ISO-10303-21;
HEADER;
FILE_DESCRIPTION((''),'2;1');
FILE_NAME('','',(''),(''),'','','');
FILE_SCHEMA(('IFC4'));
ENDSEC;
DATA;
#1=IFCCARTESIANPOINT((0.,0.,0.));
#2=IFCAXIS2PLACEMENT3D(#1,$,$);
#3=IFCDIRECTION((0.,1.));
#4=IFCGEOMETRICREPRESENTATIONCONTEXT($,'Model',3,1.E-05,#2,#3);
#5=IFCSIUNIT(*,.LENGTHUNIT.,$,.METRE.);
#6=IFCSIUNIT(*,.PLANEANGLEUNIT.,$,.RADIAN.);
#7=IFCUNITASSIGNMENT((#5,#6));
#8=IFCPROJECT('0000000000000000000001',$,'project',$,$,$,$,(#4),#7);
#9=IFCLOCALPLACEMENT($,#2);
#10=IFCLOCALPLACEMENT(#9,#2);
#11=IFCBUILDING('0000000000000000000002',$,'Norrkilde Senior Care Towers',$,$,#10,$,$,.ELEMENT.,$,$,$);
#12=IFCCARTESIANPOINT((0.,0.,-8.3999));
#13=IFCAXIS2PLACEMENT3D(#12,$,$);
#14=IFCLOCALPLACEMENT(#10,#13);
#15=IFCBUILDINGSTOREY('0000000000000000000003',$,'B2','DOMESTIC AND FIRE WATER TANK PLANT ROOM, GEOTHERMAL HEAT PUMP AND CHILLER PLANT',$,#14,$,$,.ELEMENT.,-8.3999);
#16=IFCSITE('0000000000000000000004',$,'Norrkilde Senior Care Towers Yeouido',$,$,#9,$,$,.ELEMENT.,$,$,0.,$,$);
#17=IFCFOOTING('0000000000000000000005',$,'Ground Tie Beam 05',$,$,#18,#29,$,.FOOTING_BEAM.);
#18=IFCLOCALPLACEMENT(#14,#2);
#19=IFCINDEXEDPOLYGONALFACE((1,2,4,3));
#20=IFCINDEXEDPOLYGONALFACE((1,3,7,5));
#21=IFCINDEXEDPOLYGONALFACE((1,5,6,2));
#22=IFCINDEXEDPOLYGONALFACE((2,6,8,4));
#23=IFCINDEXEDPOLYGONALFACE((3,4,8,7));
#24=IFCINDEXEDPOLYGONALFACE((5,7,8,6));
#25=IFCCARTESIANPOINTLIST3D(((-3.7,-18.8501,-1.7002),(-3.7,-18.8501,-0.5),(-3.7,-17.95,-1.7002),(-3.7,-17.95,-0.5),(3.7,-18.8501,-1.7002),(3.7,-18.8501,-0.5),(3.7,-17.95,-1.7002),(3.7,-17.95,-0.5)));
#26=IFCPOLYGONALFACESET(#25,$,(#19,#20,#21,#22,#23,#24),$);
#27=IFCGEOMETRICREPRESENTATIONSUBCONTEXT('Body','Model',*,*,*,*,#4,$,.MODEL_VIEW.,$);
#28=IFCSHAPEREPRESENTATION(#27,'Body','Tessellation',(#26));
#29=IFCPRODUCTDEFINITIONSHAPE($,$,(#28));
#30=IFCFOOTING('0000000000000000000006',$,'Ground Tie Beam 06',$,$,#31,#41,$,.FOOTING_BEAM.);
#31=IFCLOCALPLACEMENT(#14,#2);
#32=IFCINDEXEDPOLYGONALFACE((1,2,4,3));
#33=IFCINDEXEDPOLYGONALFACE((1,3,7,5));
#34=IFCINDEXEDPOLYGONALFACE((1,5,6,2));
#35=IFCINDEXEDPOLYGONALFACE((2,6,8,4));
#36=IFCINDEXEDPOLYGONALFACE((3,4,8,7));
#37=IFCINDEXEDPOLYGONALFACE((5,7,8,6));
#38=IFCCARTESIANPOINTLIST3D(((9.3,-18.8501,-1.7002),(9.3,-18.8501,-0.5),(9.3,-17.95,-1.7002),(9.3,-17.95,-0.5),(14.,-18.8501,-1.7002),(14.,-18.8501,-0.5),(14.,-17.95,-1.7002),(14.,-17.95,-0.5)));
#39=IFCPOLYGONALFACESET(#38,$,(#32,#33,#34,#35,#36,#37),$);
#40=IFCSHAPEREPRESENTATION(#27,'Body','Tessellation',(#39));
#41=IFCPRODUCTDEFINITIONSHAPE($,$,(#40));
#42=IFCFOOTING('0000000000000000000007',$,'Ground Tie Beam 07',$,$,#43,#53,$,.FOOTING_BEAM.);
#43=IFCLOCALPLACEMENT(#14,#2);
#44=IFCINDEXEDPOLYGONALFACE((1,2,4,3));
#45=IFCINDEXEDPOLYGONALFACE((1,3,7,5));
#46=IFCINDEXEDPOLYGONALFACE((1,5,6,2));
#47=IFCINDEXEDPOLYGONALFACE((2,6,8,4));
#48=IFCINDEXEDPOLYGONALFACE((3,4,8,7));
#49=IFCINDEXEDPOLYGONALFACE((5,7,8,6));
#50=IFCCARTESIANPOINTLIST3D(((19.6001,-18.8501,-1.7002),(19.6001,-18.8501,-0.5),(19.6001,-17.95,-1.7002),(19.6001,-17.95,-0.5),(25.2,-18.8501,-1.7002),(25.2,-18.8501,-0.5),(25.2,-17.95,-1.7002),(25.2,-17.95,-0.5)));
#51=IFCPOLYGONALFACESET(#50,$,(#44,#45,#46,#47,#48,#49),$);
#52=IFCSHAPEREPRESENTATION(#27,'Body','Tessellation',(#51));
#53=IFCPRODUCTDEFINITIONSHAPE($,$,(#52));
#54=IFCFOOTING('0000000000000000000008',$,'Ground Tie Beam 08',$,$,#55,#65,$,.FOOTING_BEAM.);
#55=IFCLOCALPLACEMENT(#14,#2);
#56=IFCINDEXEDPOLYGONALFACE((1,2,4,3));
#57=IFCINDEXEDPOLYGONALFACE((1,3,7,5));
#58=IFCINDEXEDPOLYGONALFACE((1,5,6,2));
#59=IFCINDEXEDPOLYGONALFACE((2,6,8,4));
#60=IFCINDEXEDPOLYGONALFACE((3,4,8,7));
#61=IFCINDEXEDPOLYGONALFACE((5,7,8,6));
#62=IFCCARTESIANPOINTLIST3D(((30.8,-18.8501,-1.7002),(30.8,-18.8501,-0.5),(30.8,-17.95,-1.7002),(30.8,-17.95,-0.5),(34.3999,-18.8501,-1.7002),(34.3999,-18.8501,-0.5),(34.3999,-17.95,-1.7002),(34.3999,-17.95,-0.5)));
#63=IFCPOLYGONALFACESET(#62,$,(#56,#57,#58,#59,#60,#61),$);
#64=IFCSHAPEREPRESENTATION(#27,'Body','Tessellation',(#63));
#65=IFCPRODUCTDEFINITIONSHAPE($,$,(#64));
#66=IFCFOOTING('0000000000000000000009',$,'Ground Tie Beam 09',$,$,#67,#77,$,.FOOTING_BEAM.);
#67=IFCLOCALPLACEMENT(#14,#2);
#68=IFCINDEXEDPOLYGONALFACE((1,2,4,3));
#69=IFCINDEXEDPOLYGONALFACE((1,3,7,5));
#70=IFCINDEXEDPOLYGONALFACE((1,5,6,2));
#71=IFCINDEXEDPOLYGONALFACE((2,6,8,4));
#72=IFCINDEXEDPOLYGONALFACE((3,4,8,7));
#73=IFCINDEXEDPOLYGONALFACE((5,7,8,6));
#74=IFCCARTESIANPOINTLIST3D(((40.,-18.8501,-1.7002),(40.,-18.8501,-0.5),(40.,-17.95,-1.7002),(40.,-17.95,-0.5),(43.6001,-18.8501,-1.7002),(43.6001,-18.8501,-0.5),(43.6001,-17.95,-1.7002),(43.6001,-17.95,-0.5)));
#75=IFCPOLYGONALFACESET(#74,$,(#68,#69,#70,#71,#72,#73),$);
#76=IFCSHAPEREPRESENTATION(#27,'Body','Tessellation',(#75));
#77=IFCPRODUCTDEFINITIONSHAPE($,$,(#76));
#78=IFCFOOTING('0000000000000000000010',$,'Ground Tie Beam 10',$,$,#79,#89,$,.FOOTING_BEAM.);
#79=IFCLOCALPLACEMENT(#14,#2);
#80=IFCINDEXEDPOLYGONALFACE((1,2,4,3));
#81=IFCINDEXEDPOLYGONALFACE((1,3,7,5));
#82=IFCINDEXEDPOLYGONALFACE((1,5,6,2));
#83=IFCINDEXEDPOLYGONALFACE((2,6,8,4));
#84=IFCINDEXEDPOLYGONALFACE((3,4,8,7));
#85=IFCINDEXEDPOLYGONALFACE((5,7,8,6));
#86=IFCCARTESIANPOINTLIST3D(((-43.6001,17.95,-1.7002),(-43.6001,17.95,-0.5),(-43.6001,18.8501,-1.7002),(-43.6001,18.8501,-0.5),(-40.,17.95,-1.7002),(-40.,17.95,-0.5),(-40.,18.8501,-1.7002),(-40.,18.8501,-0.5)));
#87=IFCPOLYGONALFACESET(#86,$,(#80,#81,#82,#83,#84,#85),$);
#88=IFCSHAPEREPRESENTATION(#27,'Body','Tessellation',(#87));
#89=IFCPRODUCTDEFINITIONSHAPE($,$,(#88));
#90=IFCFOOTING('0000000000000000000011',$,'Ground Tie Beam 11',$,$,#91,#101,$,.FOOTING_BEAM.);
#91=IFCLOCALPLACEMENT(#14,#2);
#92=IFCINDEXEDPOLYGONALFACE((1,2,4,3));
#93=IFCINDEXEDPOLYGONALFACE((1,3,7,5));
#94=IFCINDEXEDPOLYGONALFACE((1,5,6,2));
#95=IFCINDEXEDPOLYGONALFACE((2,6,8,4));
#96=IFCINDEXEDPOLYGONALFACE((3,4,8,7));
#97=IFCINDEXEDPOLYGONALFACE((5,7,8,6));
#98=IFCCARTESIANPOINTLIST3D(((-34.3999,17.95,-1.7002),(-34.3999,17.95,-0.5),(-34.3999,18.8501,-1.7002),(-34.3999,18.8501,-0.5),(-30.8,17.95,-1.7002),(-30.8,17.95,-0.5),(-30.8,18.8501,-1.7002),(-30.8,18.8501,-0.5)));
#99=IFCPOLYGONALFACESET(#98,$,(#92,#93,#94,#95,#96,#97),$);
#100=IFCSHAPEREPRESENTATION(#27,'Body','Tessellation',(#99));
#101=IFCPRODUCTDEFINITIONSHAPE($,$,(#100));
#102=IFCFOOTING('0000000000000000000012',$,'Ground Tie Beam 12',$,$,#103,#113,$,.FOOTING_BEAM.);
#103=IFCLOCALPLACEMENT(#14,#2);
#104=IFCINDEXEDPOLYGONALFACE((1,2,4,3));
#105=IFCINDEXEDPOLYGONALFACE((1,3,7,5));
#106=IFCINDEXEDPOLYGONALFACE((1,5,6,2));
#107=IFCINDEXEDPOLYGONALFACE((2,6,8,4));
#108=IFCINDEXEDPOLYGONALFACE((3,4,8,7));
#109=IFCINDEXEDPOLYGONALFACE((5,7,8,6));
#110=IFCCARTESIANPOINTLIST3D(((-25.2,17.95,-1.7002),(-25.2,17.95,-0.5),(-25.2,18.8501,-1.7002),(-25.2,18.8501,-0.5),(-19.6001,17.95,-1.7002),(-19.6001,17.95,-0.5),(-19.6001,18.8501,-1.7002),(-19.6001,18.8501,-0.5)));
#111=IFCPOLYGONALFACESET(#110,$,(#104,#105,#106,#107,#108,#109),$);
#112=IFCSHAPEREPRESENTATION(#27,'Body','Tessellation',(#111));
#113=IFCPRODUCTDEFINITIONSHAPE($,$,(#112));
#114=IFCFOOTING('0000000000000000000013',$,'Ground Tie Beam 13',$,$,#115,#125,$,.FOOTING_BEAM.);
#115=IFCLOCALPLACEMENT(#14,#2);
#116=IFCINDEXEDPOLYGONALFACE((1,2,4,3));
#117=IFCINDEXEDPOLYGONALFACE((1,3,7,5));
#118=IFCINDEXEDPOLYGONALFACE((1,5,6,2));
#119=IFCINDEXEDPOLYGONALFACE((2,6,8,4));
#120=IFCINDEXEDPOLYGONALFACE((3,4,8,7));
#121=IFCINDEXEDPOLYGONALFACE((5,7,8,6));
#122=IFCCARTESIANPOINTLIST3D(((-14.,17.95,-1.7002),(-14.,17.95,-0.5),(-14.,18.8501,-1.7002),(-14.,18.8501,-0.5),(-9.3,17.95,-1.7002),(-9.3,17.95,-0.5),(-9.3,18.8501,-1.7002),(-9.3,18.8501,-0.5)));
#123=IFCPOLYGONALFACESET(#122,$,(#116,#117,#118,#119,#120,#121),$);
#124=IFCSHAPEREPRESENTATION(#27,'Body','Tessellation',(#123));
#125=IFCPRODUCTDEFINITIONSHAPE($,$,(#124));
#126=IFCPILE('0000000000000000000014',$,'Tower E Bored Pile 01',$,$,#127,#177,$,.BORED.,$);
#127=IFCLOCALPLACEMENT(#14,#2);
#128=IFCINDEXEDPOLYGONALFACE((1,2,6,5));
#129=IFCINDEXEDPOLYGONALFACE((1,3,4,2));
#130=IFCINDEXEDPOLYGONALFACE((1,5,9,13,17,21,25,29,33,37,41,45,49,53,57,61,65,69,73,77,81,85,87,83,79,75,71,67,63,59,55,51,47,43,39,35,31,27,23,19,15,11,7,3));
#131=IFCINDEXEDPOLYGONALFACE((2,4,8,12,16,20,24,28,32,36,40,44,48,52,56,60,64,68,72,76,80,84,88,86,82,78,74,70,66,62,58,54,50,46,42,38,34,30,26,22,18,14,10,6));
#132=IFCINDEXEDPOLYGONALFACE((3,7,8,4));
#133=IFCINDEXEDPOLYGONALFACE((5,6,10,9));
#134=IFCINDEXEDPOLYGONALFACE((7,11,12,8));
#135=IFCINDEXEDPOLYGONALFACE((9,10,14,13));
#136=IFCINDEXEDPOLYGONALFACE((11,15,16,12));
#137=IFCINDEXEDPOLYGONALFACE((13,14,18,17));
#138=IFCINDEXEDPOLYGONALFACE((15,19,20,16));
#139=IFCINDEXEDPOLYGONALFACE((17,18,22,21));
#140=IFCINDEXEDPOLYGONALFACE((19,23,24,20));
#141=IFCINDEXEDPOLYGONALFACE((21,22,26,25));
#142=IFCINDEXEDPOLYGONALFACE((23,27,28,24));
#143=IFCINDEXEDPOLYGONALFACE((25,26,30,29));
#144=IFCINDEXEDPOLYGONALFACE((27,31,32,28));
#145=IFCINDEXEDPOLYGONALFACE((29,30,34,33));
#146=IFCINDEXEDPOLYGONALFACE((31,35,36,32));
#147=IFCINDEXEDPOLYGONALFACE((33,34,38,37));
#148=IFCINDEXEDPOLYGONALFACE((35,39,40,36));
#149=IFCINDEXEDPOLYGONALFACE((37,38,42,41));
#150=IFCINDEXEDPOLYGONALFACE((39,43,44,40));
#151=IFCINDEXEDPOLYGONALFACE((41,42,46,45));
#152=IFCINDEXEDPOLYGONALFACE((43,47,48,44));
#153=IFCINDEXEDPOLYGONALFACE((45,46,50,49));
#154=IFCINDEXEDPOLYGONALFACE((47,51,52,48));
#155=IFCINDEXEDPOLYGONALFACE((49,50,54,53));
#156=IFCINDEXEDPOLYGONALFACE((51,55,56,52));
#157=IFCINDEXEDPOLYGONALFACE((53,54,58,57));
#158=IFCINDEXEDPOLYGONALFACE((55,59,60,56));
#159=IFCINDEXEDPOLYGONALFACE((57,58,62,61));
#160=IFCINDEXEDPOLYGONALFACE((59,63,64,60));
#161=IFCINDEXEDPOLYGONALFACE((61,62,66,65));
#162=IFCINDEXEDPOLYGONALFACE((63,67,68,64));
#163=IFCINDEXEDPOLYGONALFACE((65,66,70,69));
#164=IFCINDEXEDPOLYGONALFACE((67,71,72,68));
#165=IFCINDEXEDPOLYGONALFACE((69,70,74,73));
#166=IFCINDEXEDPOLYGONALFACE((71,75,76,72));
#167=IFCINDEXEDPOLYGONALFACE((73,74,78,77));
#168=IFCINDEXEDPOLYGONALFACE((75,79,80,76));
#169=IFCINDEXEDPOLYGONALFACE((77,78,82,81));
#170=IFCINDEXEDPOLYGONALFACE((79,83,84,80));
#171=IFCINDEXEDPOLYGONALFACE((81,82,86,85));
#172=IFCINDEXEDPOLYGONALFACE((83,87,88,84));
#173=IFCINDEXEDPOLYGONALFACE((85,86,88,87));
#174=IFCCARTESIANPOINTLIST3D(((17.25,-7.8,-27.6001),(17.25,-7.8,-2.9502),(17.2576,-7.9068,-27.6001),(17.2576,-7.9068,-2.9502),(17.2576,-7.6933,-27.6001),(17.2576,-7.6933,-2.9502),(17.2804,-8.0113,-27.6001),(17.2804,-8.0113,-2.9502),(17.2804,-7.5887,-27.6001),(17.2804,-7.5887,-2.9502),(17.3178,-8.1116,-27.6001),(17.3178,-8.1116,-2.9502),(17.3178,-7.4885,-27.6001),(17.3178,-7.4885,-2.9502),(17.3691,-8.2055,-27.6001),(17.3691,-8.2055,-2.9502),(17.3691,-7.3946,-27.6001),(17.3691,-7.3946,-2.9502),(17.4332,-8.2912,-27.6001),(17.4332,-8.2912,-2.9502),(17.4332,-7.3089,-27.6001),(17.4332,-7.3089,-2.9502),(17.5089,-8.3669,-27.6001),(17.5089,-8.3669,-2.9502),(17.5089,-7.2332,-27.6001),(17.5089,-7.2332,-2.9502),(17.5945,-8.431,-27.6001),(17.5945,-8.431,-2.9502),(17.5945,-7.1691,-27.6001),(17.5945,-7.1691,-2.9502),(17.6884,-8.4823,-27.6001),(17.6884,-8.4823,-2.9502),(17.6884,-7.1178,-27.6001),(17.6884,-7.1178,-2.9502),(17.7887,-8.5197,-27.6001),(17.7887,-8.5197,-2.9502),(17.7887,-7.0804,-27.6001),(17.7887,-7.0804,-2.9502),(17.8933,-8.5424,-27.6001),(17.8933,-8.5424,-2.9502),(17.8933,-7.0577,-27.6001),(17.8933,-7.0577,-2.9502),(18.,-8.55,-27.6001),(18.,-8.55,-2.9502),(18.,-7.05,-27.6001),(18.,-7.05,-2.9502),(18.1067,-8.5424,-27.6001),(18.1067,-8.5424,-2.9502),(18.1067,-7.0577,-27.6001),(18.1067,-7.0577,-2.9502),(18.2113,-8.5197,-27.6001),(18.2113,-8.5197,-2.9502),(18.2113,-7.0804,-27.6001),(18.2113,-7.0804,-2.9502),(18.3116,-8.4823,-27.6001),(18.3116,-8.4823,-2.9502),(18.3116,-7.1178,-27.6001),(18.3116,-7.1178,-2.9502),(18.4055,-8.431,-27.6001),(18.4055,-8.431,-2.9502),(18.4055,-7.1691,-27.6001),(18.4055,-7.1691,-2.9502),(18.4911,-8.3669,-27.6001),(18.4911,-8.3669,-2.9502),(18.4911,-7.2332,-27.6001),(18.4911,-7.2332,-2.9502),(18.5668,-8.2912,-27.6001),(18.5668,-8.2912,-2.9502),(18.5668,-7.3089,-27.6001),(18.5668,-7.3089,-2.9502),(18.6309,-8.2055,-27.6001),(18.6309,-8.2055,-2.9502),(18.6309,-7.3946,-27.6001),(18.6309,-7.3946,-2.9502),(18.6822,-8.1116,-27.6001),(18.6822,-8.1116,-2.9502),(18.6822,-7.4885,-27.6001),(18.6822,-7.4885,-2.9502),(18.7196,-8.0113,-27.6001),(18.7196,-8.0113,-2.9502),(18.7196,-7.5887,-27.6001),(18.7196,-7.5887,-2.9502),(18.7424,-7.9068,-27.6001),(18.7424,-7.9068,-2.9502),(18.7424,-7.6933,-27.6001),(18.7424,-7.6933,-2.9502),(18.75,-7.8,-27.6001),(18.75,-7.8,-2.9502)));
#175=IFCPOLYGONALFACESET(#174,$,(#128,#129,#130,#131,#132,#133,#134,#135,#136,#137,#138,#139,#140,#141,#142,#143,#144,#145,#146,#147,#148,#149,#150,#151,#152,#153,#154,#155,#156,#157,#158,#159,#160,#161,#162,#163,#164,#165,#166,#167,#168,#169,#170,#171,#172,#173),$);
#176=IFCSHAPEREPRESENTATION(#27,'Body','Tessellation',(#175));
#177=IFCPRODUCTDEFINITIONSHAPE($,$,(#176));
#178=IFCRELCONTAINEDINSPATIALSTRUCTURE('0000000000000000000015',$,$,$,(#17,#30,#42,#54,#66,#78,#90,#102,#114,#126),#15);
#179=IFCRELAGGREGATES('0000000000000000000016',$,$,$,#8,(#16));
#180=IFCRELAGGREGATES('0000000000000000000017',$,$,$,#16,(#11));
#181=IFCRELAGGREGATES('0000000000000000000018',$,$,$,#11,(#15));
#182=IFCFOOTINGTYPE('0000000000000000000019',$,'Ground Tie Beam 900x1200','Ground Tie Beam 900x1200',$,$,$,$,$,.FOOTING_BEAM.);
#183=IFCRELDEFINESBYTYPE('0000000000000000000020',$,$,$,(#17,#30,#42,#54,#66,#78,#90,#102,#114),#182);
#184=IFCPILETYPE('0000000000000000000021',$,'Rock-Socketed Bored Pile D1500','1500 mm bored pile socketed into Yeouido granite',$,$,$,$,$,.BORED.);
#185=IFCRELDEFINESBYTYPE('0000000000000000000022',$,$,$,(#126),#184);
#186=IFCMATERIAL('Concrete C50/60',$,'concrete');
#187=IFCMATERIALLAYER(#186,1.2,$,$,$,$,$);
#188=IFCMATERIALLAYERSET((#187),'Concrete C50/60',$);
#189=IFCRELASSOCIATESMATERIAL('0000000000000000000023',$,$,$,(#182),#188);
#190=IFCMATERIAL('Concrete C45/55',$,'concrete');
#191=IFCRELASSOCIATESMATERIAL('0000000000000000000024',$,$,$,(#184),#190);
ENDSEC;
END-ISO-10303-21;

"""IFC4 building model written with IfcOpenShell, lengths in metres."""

from ifc_helpers import new_model, si_unit, direction, frame, origin, origin_2d, place, context, subcontext, project, spatial, polyline, circle, outline, extrude, source, transform, mapped, material, layer, layer_set, material_profile, profile_set, type_object, type_shapes, element, save


model = new_model("IFC4")

# Units and contexts
model_context = context("Model", 3, precision=1e-05, world=origin(), true_north=direction((0.0, 1.0)))
body_context = subcontext(model_context, "Body", "Model", "MODEL_VIEW")
ifc_project = project(units=[si_unit("LENGTHUNIT", "METRE"), si_unit("PLANEANGLEUNIT", "RADIAN")], contexts=[model_context])

# Site, building, storey
site_placement = place(None, origin())
site = spatial("IfcSite", under=ifc_project, at=site_placement, Name="Norrkilde Senior Care Towers Yeouido", CompositionType="ELEMENT", RefElevation=0.0)
building_placement = place(site_placement, origin())
building = spatial("IfcBuilding", under=site, at=building_placement, Name="Norrkilde Senior Care Towers", CompositionType="ELEMENT")
storey_placement = place(building_placement, frame((0.0, 0.0, -8.3999)))
storey = spatial("IfcBuildingStorey", under=building, at=storey_placement, Name="B2", Description="DOMESTIC AND FIRE WATER TANK PLANT ROOM, GEOTHERMAL HEAT PUMP AND CHILLER PLANT", CompositionType="ELEMENT", Elevation=-8.3999)

# Footings
ifc_material_1 = material(Name="Concrete C50/60", Category="concrete")
ifc_layer_1 = layer(ifc_material_1, 1.2)
ifc_layer_set_1 = layer_set([ifc_layer_1], Name="Concrete C50/60")
footing_type = type_object("IfcFootingType", Name="Ground Tie Beam 900x1200", Description="Ground Tie Beam 900x1200", PredefinedType="FOOTING_BEAM", material=ifc_layer_set_1)
footing_1_placement = place(storey_placement, frame((0.0, 0.0, -1.7002)))
element("IfcFooting", 1, at=footing_1_placement, inside=storey, type_object=footing_type, Name="Ground Tie Beam 05", PredefinedType="FOOTING_BEAM", context=body_context, shape_type="SweptSolid", body=[
    extrude(outline(polyline([(-3.7, -18.8501), (3.7, -18.8501), (3.7, -17.95), (-3.7, -17.95), (-3.7, -18.8501)])), origin(), (0.0, 0.0, 1.0), 1.2002),
])
footing_2_placement = place(storey_placement, frame((0.0, 0.0, -1.7002)))
element("IfcFooting", 2, at=footing_2_placement, inside=storey, type_object=footing_type, Name="Ground Tie Beam 06", PredefinedType="FOOTING_BEAM", context=body_context, shape_type="SweptSolid", body=[
    extrude(outline(polyline([(9.3, -18.8501), (14.0, -18.8501), (14.0, -17.95), (9.3, -17.95), (9.3, -18.8501)])), origin(), (0.0, 0.0, 1.0), 1.2002),
])
footing_3_placement = place(storey_placement, frame((0.0, 0.0, -1.7002)))
element("IfcFooting", 3, at=footing_3_placement, inside=storey, type_object=footing_type, Name="Ground Tie Beam 07", PredefinedType="FOOTING_BEAM", context=body_context, shape_type="SweptSolid", body=[
    extrude(outline(polyline([(19.6001, -18.8501), (25.2, -18.8501), (25.2, -17.95), (19.6001, -17.95), (19.6001, -18.8501)])), origin(), (0.0, 0.0, 1.0), 1.2002),
])
footing_4_placement = place(storey_placement, frame((0.0, 0.0, -1.7002)))
element("IfcFooting", 4, at=footing_4_placement, inside=storey, type_object=footing_type, Name="Ground Tie Beam 08", PredefinedType="FOOTING_BEAM", context=body_context, shape_type="SweptSolid", body=[
    extrude(outline(polyline([(30.8, -18.8501), (34.3999, -18.8501), (34.3999, -17.95), (30.8, -17.95), (30.8, -18.8501)])), origin(), (0.0, 0.0, 1.0), 1.2002),
])
footing_5_placement = place(storey_placement, frame((0.0, 0.0, -1.7002)))
element("IfcFooting", 5, at=footing_5_placement, inside=storey, type_object=footing_type, Name="Ground Tie Beam 09", PredefinedType="FOOTING_BEAM", context=body_context, shape_type="SweptSolid", body=[
    extrude(outline(polyline([(40.0, -18.8501), (43.6001, -18.8501), (43.6001, -17.95), (40.0, -17.95), (40.0, -18.8501)])), origin(), (0.0, 0.0, 1.0), 1.2002),
])
footing_6_placement = place(storey_placement, frame((0.0, 0.0, -1.7002)))
element("IfcFooting", 6, at=footing_6_placement, inside=storey, type_object=footing_type, Name="Ground Tie Beam 10", PredefinedType="FOOTING_BEAM", context=body_context, shape_type="SweptSolid", body=[
    extrude(outline(polyline([(-43.6001, 17.95), (-40.0, 17.95), (-40.0, 18.8501), (-43.6001, 18.8501), (-43.6001, 17.95)])), origin(), (0.0, 0.0, 1.0), 1.2002),
])
footing_7_placement = place(storey_placement, frame((0.0, 0.0, -1.7002)))
element("IfcFooting", 7, at=footing_7_placement, inside=storey, type_object=footing_type, Name="Ground Tie Beam 11", PredefinedType="FOOTING_BEAM", context=body_context, shape_type="SweptSolid", body=[
    extrude(outline(polyline([(-34.3999, 17.95), (-30.8, 17.95), (-30.8, 18.8501), (-34.3999, 18.8501), (-34.3999, 17.95)])), origin(), (0.0, 0.0, 1.0), 1.2002),
])
footing_8_placement = place(storey_placement, frame((0.0, 0.0, -1.7002)))
element("IfcFooting", 8, at=footing_8_placement, inside=storey, type_object=footing_type, Name="Ground Tie Beam 12", PredefinedType="FOOTING_BEAM", context=body_context, shape_type="SweptSolid", body=[
    extrude(outline(polyline([(-25.2, 17.95), (-19.6001, 17.95), (-19.6001, 18.8501), (-25.2, 18.8501), (-25.2, 17.95)])), origin(), (0.0, 0.0, 1.0), 1.2002),
])
footing_9_placement = place(storey_placement, frame((0.0, 0.0, -1.7002)))
element("IfcFooting", 9, at=footing_9_placement, inside=storey, type_object=footing_type, Name="Ground Tie Beam 13", PredefinedType="FOOTING_BEAM", context=body_context, shape_type="SweptSolid", body=[
    extrude(outline(polyline([(-14.0, 17.95), (-9.3, 17.95), (-9.3, 18.8501), (-14.0, 18.8501), (-14.0, 17.95)])), origin(), (0.0, 0.0, 1.0), 1.2002),
])

# Pile
ifc_material_2 = material(Name="Concrete C45/55", Category="concrete")
ifc_material_profile_1 = material_profile(ifc_material_2, circle(Radius=0.75, at=origin_2d()), Name="BORED PILE 1500")
ifc_profile_set_1 = profile_set([ifc_material_profile_1], Name="Concrete C45/55")
pile_type_1 = type_object("IfcPileType", Name="Rock-Socketed Bored Pile D1500", Description="1500 mm bored pile socketed into Yeouido granite", PredefinedType="BORED", material=ifc_profile_set_1)
shared_shape_1 = source(origin(), body_context, "Body", "SweptSolid", [
    extrude(circle(Radius=0.75, at=origin_2d()), origin(), (0.0, 0.0, 1.0), 24.6499),
])
type_shapes(pile_type_1, [shared_shape_1])
for number, where, z_axis, x_axis, name in (
    (10, (18.0, -7.8, -2.9502), (0.0, 0.0, -1.0), (1.0, 0.0, 0.0), "Tower E Bored Pile 01"),
):
    element("IfcPile", number, at=place(storey_placement, frame(where, z_axis=z_axis, x_axis=x_axis)), inside=storey, type_object=pile_type_1, Name=name, PredefinedType="BORED", context=body_context, shape_type="MappedRepresentation", body=[
        mapped(shared_shape_1, transform((0.0, 0.0, 0.0), x_axis=(1.0, 0.0, 0.0), y_axis=(0.0, 1.0, 0.0), z_axis=(0.0, 0.0, 1.0), scale=1.0)),
    ])

save(model, "model.ifc")
